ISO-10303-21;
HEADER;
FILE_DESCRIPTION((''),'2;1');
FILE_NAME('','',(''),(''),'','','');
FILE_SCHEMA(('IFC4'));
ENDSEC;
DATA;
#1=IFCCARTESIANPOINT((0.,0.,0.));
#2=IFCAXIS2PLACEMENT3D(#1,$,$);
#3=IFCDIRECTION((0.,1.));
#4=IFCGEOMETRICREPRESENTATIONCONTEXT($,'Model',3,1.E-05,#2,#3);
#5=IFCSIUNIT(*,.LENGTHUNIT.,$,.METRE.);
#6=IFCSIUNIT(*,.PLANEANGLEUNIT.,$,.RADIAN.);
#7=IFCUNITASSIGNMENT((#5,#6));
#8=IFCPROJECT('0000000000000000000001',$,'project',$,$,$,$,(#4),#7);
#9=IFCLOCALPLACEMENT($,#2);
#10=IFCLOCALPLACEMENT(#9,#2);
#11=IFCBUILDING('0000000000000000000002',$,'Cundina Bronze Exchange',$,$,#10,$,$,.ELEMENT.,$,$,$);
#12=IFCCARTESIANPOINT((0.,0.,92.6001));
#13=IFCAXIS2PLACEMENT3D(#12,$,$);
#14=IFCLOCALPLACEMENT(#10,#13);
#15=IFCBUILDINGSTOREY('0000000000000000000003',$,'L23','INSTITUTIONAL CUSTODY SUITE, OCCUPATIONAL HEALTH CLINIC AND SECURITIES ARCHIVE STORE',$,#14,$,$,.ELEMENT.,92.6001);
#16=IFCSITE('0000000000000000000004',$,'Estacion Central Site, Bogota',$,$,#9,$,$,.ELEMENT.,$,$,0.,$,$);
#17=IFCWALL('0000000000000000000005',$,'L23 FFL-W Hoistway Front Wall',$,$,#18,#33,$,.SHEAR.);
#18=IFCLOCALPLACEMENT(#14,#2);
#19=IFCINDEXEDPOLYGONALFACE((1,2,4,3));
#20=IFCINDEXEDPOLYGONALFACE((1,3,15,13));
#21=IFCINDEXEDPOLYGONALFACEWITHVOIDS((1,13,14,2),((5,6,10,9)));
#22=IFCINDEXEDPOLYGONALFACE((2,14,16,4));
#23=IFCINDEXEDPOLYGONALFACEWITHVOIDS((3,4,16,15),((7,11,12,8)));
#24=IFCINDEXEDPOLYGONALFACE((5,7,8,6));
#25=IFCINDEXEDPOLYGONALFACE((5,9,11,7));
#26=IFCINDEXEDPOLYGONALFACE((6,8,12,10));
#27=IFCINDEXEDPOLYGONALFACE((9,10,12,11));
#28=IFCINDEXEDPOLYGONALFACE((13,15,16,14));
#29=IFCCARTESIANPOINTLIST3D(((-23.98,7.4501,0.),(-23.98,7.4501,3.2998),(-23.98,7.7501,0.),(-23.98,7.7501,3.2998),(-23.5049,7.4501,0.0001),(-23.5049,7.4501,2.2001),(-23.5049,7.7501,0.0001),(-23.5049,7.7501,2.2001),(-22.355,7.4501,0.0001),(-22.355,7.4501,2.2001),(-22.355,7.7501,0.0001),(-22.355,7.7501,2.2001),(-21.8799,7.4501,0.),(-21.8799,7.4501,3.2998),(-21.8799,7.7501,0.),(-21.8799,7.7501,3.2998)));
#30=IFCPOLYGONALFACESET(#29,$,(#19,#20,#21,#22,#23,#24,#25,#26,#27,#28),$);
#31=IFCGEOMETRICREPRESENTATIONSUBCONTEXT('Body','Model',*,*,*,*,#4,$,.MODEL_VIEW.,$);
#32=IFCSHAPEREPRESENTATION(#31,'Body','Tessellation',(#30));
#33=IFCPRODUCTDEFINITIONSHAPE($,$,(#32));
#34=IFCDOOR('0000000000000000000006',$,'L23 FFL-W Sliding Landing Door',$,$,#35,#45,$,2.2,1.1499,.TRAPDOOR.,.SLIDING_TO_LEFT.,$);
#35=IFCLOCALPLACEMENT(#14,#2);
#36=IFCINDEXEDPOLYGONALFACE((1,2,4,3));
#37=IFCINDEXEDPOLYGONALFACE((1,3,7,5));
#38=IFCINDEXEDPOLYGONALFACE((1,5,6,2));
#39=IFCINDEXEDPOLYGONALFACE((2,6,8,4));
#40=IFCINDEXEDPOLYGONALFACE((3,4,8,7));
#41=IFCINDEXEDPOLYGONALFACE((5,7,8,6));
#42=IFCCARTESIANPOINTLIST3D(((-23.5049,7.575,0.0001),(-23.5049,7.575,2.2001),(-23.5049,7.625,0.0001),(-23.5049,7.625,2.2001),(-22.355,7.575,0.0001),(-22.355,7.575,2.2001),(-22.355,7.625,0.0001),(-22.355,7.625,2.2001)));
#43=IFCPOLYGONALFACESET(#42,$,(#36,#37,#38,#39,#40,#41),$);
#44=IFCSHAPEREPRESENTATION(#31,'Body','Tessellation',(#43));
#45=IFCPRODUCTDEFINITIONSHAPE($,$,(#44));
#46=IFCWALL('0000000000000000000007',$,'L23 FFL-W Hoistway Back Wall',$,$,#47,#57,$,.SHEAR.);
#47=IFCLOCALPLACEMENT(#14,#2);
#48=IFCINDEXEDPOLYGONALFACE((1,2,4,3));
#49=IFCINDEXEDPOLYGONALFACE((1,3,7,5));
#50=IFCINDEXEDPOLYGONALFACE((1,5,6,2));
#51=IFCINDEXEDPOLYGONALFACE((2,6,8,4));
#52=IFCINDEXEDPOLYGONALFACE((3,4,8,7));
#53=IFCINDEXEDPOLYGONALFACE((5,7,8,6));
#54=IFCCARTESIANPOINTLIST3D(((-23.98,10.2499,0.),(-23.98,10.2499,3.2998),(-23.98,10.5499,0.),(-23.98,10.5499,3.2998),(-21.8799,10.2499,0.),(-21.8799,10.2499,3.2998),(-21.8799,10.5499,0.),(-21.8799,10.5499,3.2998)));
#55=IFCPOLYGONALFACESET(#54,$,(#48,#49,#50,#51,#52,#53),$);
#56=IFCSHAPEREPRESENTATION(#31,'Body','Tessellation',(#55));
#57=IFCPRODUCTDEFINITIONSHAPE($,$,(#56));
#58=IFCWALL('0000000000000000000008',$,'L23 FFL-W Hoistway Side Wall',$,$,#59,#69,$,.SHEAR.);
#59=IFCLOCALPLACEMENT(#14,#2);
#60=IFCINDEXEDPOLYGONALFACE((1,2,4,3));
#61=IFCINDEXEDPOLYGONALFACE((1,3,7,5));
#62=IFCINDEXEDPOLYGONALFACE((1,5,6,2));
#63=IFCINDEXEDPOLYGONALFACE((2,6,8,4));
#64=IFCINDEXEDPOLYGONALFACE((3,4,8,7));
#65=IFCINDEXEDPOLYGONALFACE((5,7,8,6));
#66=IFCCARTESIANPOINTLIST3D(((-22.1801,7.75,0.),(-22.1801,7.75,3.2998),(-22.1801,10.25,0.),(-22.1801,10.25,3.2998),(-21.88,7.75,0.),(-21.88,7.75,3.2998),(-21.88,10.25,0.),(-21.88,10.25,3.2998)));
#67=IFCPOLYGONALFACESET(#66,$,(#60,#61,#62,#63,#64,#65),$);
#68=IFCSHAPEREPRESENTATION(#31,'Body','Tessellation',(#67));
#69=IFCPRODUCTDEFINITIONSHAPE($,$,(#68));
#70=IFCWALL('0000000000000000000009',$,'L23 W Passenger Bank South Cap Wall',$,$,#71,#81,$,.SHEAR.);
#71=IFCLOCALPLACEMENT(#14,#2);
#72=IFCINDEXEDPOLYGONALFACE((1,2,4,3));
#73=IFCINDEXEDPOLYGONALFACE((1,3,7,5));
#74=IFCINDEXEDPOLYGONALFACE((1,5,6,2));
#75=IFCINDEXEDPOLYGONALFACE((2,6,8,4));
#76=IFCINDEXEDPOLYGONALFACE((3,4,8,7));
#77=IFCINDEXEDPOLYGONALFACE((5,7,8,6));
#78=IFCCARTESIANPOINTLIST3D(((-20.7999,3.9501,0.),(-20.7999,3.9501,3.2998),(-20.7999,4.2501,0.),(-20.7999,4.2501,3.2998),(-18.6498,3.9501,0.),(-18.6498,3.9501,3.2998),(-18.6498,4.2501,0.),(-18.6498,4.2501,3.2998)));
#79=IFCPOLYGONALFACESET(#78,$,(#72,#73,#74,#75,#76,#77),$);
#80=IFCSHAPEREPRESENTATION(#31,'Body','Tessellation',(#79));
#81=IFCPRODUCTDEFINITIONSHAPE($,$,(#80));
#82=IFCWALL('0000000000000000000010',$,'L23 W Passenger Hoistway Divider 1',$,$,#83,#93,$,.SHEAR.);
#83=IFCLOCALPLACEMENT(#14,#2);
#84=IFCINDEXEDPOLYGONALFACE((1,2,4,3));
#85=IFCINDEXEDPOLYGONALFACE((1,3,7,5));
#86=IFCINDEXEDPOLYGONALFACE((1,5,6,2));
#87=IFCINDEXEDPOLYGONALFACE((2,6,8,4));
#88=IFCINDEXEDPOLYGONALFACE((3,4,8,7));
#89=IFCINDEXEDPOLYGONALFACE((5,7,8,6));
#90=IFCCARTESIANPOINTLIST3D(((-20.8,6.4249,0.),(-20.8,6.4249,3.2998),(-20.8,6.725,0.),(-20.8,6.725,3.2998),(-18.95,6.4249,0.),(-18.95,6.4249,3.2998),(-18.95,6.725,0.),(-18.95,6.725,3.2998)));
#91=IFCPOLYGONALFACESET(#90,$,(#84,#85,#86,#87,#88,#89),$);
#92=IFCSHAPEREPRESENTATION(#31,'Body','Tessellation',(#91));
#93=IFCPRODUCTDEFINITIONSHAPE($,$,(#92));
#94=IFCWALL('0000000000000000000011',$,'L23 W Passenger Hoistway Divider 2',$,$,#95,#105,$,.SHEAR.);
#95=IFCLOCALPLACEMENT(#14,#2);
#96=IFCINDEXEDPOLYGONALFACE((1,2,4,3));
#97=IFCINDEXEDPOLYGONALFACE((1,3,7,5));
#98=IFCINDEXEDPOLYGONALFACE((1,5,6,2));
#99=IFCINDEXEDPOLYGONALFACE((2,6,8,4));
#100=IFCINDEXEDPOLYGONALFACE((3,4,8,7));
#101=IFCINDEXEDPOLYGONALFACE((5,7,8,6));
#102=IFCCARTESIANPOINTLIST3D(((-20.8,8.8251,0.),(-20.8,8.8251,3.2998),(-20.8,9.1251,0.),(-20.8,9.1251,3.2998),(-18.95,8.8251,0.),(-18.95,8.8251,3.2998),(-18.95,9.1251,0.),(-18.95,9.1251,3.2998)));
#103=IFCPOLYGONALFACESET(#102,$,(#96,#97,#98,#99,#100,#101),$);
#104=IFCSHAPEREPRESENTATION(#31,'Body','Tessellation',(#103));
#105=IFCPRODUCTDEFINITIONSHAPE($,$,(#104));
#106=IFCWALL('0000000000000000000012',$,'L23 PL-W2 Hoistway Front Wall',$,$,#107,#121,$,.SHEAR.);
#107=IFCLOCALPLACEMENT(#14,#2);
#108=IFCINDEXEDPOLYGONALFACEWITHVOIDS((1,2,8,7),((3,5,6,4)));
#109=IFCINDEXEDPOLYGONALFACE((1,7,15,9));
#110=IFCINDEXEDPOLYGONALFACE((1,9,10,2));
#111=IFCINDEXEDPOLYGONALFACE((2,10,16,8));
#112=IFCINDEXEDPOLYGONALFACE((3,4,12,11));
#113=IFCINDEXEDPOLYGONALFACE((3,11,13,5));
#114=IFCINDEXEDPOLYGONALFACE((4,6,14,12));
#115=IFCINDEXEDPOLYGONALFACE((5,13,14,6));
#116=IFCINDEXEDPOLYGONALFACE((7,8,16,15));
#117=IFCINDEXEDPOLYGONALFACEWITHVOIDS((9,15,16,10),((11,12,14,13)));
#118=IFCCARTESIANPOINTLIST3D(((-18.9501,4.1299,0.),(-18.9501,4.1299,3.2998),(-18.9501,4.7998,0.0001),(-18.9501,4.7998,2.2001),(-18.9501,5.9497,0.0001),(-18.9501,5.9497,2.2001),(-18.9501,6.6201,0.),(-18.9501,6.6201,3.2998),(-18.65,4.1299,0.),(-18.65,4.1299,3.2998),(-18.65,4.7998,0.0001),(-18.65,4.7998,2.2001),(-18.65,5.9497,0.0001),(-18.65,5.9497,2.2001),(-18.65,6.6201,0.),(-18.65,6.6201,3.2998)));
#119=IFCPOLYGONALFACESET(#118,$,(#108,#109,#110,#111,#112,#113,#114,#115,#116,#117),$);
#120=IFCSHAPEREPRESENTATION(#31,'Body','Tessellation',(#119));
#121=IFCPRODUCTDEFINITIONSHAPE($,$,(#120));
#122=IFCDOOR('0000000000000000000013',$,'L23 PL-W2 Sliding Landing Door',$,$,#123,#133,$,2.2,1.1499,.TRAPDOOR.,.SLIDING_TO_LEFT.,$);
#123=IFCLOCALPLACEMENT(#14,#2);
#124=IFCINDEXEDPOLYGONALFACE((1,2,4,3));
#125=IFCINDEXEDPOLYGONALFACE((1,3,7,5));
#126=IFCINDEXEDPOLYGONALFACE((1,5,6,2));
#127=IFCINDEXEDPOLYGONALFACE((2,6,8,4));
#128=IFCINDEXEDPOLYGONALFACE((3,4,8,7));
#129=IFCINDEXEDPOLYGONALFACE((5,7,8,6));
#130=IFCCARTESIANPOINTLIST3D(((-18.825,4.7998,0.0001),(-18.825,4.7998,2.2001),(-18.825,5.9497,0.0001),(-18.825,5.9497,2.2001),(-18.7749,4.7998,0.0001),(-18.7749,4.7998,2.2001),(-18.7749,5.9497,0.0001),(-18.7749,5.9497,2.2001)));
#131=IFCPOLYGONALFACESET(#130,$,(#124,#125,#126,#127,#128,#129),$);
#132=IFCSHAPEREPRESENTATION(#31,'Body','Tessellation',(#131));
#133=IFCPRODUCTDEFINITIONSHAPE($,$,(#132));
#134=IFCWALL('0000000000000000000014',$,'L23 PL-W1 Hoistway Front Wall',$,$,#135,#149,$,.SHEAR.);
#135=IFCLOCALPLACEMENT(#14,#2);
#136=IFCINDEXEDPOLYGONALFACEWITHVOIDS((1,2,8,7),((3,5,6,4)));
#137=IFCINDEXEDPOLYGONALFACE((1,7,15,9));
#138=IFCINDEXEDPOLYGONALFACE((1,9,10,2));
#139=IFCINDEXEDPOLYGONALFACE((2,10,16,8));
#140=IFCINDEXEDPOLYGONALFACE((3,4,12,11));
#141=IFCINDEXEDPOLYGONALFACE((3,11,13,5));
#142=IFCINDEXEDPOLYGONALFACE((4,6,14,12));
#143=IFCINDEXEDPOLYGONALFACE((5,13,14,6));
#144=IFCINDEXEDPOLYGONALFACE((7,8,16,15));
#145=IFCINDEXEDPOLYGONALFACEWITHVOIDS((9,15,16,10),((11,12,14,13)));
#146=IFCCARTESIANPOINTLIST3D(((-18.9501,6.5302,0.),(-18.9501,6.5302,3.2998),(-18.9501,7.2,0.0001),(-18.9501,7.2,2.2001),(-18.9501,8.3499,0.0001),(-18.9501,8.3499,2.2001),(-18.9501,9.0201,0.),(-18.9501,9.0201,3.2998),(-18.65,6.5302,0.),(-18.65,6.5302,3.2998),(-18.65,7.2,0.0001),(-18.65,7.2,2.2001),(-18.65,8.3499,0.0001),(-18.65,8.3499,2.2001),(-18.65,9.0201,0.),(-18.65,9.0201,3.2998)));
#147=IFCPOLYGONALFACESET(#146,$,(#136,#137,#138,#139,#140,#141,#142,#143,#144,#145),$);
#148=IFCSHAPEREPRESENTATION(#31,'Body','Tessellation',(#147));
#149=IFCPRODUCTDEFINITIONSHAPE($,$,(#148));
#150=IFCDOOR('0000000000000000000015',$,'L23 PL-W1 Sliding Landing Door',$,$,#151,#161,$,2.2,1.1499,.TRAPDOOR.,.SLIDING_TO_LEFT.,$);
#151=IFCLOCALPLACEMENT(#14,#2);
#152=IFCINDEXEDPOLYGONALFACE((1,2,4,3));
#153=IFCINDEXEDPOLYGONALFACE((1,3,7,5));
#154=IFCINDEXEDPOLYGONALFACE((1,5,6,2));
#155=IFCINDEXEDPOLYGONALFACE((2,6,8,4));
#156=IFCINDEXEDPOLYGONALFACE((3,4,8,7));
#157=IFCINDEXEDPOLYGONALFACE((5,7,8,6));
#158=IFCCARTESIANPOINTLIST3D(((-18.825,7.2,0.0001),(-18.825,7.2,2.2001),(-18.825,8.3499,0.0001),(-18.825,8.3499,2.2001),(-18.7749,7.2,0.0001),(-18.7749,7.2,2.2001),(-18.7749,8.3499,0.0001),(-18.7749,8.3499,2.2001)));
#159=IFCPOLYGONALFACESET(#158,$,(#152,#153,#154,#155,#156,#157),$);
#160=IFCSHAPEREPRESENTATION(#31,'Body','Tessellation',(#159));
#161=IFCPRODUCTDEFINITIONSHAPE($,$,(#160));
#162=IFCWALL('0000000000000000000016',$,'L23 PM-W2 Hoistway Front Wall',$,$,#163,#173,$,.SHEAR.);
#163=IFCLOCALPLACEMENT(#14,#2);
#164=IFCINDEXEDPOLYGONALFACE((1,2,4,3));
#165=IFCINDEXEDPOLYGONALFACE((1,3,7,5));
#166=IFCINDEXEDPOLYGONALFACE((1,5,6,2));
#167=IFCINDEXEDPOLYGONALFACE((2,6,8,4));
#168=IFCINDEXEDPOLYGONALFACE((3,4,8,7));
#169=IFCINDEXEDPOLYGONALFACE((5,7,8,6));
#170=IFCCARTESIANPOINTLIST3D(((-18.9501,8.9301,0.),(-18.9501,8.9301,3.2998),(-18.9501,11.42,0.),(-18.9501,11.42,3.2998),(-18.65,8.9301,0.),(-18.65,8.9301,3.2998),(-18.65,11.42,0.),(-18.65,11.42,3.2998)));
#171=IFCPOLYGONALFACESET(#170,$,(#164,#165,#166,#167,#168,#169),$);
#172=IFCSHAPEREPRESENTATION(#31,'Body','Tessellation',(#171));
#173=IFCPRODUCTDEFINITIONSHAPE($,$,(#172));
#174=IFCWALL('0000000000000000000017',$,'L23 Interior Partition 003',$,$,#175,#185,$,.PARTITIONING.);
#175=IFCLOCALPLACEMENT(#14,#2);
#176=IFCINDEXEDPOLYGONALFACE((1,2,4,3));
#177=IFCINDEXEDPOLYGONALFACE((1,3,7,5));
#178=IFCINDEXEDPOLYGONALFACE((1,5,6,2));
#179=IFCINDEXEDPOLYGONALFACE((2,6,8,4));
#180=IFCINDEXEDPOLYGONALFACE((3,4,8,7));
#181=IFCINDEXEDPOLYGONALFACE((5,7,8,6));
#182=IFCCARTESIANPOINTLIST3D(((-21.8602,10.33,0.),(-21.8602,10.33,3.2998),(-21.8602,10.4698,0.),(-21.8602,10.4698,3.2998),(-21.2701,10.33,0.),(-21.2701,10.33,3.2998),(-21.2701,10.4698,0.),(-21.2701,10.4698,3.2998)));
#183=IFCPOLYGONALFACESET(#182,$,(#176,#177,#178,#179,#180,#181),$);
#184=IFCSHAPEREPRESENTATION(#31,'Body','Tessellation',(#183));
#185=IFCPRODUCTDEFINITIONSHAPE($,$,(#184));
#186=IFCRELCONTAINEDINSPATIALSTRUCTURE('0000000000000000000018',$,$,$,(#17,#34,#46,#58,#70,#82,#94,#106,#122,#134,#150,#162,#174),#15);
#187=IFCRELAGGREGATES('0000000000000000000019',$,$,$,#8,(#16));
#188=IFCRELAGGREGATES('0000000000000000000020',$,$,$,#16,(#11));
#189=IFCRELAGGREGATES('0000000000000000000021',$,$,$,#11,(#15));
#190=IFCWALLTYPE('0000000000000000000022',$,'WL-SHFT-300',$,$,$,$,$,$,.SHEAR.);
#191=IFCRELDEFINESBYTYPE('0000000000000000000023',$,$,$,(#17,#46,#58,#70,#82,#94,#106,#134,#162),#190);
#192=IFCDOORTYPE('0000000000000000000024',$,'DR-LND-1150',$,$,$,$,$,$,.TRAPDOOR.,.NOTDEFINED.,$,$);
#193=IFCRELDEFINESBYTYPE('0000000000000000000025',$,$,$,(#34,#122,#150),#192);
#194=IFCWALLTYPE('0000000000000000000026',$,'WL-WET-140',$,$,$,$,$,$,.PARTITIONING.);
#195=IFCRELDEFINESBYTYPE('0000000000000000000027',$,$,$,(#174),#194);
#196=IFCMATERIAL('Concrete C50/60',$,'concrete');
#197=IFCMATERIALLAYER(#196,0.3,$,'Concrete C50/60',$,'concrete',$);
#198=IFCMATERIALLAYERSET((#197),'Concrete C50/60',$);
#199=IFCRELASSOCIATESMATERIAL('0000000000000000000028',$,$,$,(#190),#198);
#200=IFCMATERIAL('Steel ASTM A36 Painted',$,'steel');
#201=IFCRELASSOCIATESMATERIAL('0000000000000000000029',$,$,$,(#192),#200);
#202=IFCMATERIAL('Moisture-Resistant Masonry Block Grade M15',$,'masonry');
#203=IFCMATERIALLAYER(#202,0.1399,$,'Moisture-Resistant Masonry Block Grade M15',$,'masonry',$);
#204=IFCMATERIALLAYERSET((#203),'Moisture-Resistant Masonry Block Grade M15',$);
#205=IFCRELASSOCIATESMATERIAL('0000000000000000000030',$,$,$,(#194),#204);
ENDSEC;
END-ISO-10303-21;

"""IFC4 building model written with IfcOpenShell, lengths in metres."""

from ifc_helpers import new_model, si_unit, direction, frame, frame_2d, origin, place, context, subcontext, project, spatial, rectangle, extrude, material, layer, layer_set, type_object, element, fill, save


model = new_model("IFC4")

# Units and contexts
model_context = context("Model", 3, precision=1e-05, world=origin(), true_north=direction((0.0, 1.0)))
body_context = subcontext(model_context, "Body", "Model", "MODEL_VIEW")
ifc_project = project(units=[si_unit("LENGTHUNIT", "METRE"), si_unit("PLANEANGLEUNIT", "RADIAN")], contexts=[model_context])

# Site, building, storey
site_placement = place(None, origin())
site = spatial("IfcSite", under=ifc_project, at=site_placement, Name="Estacion Central Site, Bogota", CompositionType="ELEMENT", RefElevation=0.0)
building_placement = place(site_placement, origin())
building = spatial("IfcBuilding", under=site, at=building_placement, Name="Cundina Bronze Exchange", CompositionType="ELEMENT")
storey_placement = place(building_placement, frame((0.0, 0.0, 92.6001)))
storey = spatial("IfcBuildingStorey", under=building, at=storey_placement, Name="L23", Description="INSTITUTIONAL CUSTODY SUITE, OCCUPATIONAL HEALTH CLINIC AND SECURITIES ARCHIVE STORE", CompositionType="ELEMENT", Elevation=92.6001)

# Shared definitions
ifc_material_1 = material(Name="Concrete C50/60", Category="concrete")
ifc_layer_1 = layer(ifc_material_1, 0.3, Name="Concrete C50/60", Category="concrete")
ifc_layer_set_1 = layer_set([ifc_layer_1], Name="Concrete C50/60")
wall_type_1 = type_object("IfcWallType", Name="WL-SHFT-300", PredefinedType="SHEAR", material=ifc_layer_set_1)

# Wall, opening, door
wall_1_placement = place(storey_placement, frame((-23.98, 7.6001, 0.0), z_axis=(0.0, 0.0, 1.0), x_axis=(1.0, 0.0, 0.0)))
wall_1 = element("IfcWall", 1, at=wall_1_placement, inside=storey, type_object=wall_type_1, Name="L23 FFL-W Hoistway Front Wall", PredefinedType="SHEAR", context=body_context, shape_type="SweptSolid", body=[
    extrude(rectangle(XDim=2.1001, YDim=0.3, at=frame_2d((1.05, 0.0))), origin(), (0.0, 0.0, 1.0), 3.2998),
])
opening_1_placement = place(wall_1_placement, frame((0.4751, 0.0, 0.0)))
opening_1 = element("IfcOpeningElement", 2, at=opening_1_placement, cuts=wall_1, PredefinedType="OPENING", context=body_context, shape_type="SweptSolid", body=[
    extrude(rectangle(XDim=1.1499, YDim=2.2, at=frame_2d((0.575, 1.1001))), frame((0.0, 0.1599, 0.0), z_axis=(0.0, -1.0, 0.0), x_axis=(1.0, 0.0, 0.0)), (0.0, 0.0, 1.0), 0.3201),
])
ifc_material_2 = material(Name="Steel ASTM A36 Painted", Category="steel")
door_type = type_object("IfcDoorType", Name="DR-LND-1150", OperationType="NOTDEFINED", PredefinedType="TRAPDOOR", material=ifc_material_2)
door_1_placement = place(opening_1_placement, origin())
door_1 = element("IfcDoor", 3, at=door_1_placement, inside=storey, type_object=door_type, Name="L23 FFL-W Sliding Landing Door", OperationType="SLIDING_TO_LEFT", OverallHeight=2.2, OverallWidth=1.1499, PredefinedType="TRAPDOOR", context=body_context, shape_type="SweptSolid", body=[
    extrude(rectangle(XDim=1.1499, YDim=2.2, at=frame_2d((0.575, 1.1001))), frame((0.0, 0.0249, 0.0), z_axis=(0.0, -1.0, 0.0), x_axis=(1.0, 0.0, 0.0)), (0.0, 0.0, 1.0), 0.05),
])
fill(opening_1, door_1)

# Walls
wall_2_placement = place(storey_placement, frame((-23.98, 10.3999, 0.0), z_axis=(0.0, 0.0, 1.0), x_axis=(1.0, 0.0, 0.0)))
element("IfcWall", 4, at=wall_2_placement, inside=storey, type_object=wall_type_1, Name="L23 FFL-W Hoistway Back Wall", PredefinedType="SHEAR", context=body_context, shape_type="SweptSolid", body=[
    extrude(rectangle(XDim=2.1001, YDim=0.3, at=frame_2d((1.05, 0.0))), origin(), (0.0, 0.0, 1.0), 3.2998),
])
wall_3_placement = place(storey_placement, frame((-22.03, 7.75, 0.0), z_axis=(0.0, 0.0, 1.0), x_axis=(0.0, 1.0, 0.0)))
element("IfcWall", 5, at=wall_3_placement, inside=storey, type_object=wall_type_1, Name="L23 FFL-W Hoistway Side Wall", PredefinedType="SHEAR", context=body_context, shape_type="SweptSolid", body=[
    extrude(rectangle(XDim=2.5, YDim=0.3, at=frame_2d((1.25, 0.0))), origin(), (0.0, 0.0, 1.0), 3.2998),
])
wall_4_placement = place(storey_placement, frame((-20.8, 4.1001, 0.0), z_axis=(0.0, 0.0, 1.0), x_axis=(1.0, 0.0, 0.0)))
element("IfcWall", 6, at=wall_4_placement, inside=storey, type_object=wall_type_1, Name="L23 W Passenger Bank South Cap Wall", PredefinedType="SHEAR", context=body_context, shape_type="SweptSolid", body=[
    extrude(rectangle(XDim=2.1501, YDim=0.3, at=frame_2d((1.0752, 0.0))), origin(), (0.0, 0.0, 1.0), 3.2998),
])
for number, where, z_axis, x_axis, name in (
    (7, (-20.8, 6.575, 0.0), (0.0, 0.0, 1.0), (1.0, 0.0, 0.0), "L23 W Passenger Hoistway Divider 1"),
    (8, (-20.8, 8.9751, 0.0), (0.0, 0.0, 1.0), (1.0, 0.0, 0.0), "L23 W Passenger Hoistway Divider 2"),
):
    element("IfcWall", number, at=place(storey_placement, frame(where, z_axis=z_axis, x_axis=x_axis)), inside=storey, type_object=wall_type_1, Name=name, PredefinedType="SHEAR", context=body_context, shape_type="SweptSolid", body=[
        extrude(rectangle(XDim=1.8501, YDim=0.3, at=frame_2d((0.925, 0.0))), origin(), (0.0, 0.0, 1.0), 3.2998),
    ])

# Walls, openings, doors
wall_5_placement = place(storey_placement, frame((-18.8, 4.1299, 0.0), z_axis=(0.0, 0.0, 1.0), x_axis=(0.0, 1.0, 0.0)))
wall_5 = element("IfcWall", 9, at=wall_5_placement, inside=storey, type_object=wall_type_1, Name="L23 PL-W2 Hoistway Front Wall", PredefinedType="SHEAR", context=body_context, shape_type="SweptSolid", body=[
    extrude(rectangle(XDim=2.4902, YDim=0.3, at=frame_2d((1.2451, 0.0))), origin(), (0.0, 0.0, 1.0), 3.2998),
])
opening_2_placement = place(wall_5_placement, frame((0.6699, 0.0, 0.0)))
opening_2 = element("IfcOpeningElement", 10, at=opening_2_placement, cuts=wall_5, PredefinedType="OPENING", context=body_context, shape_type="SweptSolid", body=[
    extrude(rectangle(XDim=1.1499, YDim=2.2, at=frame_2d((0.575, 1.1001))), frame((0.0, 0.1599, 0.0), z_axis=(0.0, -1.0, 0.0), x_axis=(1.0, 0.0, 0.0)), (0.0, 0.0, 1.0), 0.3201),
])
door_2_placement = place(opening_2_placement, origin())
door_2 = element("IfcDoor", 11, at=door_2_placement, inside=storey, type_object=door_type, Name="L23 PL-W2 Sliding Landing Door", OperationType="SLIDING_TO_LEFT", OverallHeight=2.2, OverallWidth=1.1499, PredefinedType="TRAPDOOR", context=body_context, shape_type="SweptSolid", body=[
    extrude(rectangle(XDim=1.1499, YDim=2.2, at=frame_2d((0.575, 1.1001))), frame((0.0, 0.0249, 0.0), z_axis=(0.0, -1.0, 0.0), x_axis=(1.0, 0.0, 0.0)), (0.0, 0.0, 1.0), 0.05),
])
fill(opening_2, door_2)
wall_6_placement = place(storey_placement, frame((-18.8, 6.53, 0.0), z_axis=(0.0, 0.0, 1.0), x_axis=(0.0, 1.0, 0.0)))
wall_6 = element("IfcWall", 12, at=wall_6_placement, inside=storey, type_object=wall_type_1, Name="L23 PL-W1 Hoistway Front Wall", PredefinedType="SHEAR", context=body_context, shape_type="SweptSolid", body=[
    extrude(rectangle(XDim=2.49, YDim=0.3, at=frame_2d((1.2451, 0.0))), origin(), (0.0, 0.0, 1.0), 3.2998),
])
opening_3_placement = place(wall_6_placement, frame((0.6699, 0.0, 0.0)))
opening_3 = element("IfcOpeningElement", 13, at=opening_3_placement, cuts=wall_6, PredefinedType="OPENING", context=body_context, shape_type="SweptSolid", body=[
    extrude(rectangle(XDim=1.1499, YDim=2.2, at=frame_2d((0.575, 1.1001))), frame((0.0, 0.1599, 0.0), z_axis=(0.0, -1.0, 0.0), x_axis=(1.0, 0.0, 0.0)), (0.0, 0.0, 1.0), 0.3201),
])
door_3_placement = place(opening_3_placement, origin())
door_3 = element("IfcDoor", 14, at=door_3_placement, inside=storey, type_object=door_type, Name="L23 PL-W1 Sliding Landing Door", OperationType="SLIDING_TO_LEFT", OverallHeight=2.2, OverallWidth=1.1499, PredefinedType="TRAPDOOR", context=body_context, shape_type="SweptSolid", body=[
    extrude(rectangle(XDim=1.1499, YDim=2.2, at=frame_2d((0.575, 1.1001))), frame((0.0, 0.0249, 0.0), z_axis=(0.0, -1.0, 0.0), x_axis=(1.0, 0.0, 0.0)), (0.0, 0.0, 1.0), 0.05),
])
fill(opening_3, door_3)

# Walls
wall_7_placement = place(storey_placement, frame((-18.8, 8.9299, 0.0), z_axis=(0.0, 0.0, 1.0), x_axis=(0.0, 1.0, 0.0)))
element("IfcWall", 15, at=wall_7_placement, inside=storey, type_object=wall_type_1, Name="L23 PM-W2 Hoistway Front Wall", PredefinedType="SHEAR", context=body_context, shape_type="SweptSolid", body=[
    extrude(rectangle(XDim=2.49, YDim=0.3, at=frame_2d((1.2451, 0.0))), origin(), (0.0, 0.0, 1.0), 3.2998),
])
ifc_material_3 = material(Name="Moisture-Resistant Masonry Block Grade M15", Category="masonry")
ifc_layer_2 = layer(ifc_material_3, 0.1399, Name="Moisture-Resistant Masonry Block Grade M15", Category="masonry")
ifc_layer_set_2 = layer_set([ifc_layer_2], Name="Moisture-Resistant Masonry Block Grade M15")
wall_type_2 = type_object("IfcWallType", Name="WL-WET-140", PredefinedType="PARTITIONING", material=ifc_layer_set_2)
wall_8_placement = place(storey_placement, frame((-21.8601, 10.3999, 0.0), z_axis=(0.0, 0.0, 1.0), x_axis=(1.0, 0.0, 0.0)))
element("IfcWall", 16, at=wall_8_placement, inside=storey, type_object=wall_type_2, Name="L23 Interior Partition 003", PredefinedType="PARTITIONING", context=body_context, shape_type="SweptSolid", body=[
    extrude(rectangle(XDim=0.5901, YDim=0.1399, at=frame_2d((0.2949, 0.0))), origin(), (0.0, 0.0, 1.0), 3.2998),
])

save(model, "model.ifc")
